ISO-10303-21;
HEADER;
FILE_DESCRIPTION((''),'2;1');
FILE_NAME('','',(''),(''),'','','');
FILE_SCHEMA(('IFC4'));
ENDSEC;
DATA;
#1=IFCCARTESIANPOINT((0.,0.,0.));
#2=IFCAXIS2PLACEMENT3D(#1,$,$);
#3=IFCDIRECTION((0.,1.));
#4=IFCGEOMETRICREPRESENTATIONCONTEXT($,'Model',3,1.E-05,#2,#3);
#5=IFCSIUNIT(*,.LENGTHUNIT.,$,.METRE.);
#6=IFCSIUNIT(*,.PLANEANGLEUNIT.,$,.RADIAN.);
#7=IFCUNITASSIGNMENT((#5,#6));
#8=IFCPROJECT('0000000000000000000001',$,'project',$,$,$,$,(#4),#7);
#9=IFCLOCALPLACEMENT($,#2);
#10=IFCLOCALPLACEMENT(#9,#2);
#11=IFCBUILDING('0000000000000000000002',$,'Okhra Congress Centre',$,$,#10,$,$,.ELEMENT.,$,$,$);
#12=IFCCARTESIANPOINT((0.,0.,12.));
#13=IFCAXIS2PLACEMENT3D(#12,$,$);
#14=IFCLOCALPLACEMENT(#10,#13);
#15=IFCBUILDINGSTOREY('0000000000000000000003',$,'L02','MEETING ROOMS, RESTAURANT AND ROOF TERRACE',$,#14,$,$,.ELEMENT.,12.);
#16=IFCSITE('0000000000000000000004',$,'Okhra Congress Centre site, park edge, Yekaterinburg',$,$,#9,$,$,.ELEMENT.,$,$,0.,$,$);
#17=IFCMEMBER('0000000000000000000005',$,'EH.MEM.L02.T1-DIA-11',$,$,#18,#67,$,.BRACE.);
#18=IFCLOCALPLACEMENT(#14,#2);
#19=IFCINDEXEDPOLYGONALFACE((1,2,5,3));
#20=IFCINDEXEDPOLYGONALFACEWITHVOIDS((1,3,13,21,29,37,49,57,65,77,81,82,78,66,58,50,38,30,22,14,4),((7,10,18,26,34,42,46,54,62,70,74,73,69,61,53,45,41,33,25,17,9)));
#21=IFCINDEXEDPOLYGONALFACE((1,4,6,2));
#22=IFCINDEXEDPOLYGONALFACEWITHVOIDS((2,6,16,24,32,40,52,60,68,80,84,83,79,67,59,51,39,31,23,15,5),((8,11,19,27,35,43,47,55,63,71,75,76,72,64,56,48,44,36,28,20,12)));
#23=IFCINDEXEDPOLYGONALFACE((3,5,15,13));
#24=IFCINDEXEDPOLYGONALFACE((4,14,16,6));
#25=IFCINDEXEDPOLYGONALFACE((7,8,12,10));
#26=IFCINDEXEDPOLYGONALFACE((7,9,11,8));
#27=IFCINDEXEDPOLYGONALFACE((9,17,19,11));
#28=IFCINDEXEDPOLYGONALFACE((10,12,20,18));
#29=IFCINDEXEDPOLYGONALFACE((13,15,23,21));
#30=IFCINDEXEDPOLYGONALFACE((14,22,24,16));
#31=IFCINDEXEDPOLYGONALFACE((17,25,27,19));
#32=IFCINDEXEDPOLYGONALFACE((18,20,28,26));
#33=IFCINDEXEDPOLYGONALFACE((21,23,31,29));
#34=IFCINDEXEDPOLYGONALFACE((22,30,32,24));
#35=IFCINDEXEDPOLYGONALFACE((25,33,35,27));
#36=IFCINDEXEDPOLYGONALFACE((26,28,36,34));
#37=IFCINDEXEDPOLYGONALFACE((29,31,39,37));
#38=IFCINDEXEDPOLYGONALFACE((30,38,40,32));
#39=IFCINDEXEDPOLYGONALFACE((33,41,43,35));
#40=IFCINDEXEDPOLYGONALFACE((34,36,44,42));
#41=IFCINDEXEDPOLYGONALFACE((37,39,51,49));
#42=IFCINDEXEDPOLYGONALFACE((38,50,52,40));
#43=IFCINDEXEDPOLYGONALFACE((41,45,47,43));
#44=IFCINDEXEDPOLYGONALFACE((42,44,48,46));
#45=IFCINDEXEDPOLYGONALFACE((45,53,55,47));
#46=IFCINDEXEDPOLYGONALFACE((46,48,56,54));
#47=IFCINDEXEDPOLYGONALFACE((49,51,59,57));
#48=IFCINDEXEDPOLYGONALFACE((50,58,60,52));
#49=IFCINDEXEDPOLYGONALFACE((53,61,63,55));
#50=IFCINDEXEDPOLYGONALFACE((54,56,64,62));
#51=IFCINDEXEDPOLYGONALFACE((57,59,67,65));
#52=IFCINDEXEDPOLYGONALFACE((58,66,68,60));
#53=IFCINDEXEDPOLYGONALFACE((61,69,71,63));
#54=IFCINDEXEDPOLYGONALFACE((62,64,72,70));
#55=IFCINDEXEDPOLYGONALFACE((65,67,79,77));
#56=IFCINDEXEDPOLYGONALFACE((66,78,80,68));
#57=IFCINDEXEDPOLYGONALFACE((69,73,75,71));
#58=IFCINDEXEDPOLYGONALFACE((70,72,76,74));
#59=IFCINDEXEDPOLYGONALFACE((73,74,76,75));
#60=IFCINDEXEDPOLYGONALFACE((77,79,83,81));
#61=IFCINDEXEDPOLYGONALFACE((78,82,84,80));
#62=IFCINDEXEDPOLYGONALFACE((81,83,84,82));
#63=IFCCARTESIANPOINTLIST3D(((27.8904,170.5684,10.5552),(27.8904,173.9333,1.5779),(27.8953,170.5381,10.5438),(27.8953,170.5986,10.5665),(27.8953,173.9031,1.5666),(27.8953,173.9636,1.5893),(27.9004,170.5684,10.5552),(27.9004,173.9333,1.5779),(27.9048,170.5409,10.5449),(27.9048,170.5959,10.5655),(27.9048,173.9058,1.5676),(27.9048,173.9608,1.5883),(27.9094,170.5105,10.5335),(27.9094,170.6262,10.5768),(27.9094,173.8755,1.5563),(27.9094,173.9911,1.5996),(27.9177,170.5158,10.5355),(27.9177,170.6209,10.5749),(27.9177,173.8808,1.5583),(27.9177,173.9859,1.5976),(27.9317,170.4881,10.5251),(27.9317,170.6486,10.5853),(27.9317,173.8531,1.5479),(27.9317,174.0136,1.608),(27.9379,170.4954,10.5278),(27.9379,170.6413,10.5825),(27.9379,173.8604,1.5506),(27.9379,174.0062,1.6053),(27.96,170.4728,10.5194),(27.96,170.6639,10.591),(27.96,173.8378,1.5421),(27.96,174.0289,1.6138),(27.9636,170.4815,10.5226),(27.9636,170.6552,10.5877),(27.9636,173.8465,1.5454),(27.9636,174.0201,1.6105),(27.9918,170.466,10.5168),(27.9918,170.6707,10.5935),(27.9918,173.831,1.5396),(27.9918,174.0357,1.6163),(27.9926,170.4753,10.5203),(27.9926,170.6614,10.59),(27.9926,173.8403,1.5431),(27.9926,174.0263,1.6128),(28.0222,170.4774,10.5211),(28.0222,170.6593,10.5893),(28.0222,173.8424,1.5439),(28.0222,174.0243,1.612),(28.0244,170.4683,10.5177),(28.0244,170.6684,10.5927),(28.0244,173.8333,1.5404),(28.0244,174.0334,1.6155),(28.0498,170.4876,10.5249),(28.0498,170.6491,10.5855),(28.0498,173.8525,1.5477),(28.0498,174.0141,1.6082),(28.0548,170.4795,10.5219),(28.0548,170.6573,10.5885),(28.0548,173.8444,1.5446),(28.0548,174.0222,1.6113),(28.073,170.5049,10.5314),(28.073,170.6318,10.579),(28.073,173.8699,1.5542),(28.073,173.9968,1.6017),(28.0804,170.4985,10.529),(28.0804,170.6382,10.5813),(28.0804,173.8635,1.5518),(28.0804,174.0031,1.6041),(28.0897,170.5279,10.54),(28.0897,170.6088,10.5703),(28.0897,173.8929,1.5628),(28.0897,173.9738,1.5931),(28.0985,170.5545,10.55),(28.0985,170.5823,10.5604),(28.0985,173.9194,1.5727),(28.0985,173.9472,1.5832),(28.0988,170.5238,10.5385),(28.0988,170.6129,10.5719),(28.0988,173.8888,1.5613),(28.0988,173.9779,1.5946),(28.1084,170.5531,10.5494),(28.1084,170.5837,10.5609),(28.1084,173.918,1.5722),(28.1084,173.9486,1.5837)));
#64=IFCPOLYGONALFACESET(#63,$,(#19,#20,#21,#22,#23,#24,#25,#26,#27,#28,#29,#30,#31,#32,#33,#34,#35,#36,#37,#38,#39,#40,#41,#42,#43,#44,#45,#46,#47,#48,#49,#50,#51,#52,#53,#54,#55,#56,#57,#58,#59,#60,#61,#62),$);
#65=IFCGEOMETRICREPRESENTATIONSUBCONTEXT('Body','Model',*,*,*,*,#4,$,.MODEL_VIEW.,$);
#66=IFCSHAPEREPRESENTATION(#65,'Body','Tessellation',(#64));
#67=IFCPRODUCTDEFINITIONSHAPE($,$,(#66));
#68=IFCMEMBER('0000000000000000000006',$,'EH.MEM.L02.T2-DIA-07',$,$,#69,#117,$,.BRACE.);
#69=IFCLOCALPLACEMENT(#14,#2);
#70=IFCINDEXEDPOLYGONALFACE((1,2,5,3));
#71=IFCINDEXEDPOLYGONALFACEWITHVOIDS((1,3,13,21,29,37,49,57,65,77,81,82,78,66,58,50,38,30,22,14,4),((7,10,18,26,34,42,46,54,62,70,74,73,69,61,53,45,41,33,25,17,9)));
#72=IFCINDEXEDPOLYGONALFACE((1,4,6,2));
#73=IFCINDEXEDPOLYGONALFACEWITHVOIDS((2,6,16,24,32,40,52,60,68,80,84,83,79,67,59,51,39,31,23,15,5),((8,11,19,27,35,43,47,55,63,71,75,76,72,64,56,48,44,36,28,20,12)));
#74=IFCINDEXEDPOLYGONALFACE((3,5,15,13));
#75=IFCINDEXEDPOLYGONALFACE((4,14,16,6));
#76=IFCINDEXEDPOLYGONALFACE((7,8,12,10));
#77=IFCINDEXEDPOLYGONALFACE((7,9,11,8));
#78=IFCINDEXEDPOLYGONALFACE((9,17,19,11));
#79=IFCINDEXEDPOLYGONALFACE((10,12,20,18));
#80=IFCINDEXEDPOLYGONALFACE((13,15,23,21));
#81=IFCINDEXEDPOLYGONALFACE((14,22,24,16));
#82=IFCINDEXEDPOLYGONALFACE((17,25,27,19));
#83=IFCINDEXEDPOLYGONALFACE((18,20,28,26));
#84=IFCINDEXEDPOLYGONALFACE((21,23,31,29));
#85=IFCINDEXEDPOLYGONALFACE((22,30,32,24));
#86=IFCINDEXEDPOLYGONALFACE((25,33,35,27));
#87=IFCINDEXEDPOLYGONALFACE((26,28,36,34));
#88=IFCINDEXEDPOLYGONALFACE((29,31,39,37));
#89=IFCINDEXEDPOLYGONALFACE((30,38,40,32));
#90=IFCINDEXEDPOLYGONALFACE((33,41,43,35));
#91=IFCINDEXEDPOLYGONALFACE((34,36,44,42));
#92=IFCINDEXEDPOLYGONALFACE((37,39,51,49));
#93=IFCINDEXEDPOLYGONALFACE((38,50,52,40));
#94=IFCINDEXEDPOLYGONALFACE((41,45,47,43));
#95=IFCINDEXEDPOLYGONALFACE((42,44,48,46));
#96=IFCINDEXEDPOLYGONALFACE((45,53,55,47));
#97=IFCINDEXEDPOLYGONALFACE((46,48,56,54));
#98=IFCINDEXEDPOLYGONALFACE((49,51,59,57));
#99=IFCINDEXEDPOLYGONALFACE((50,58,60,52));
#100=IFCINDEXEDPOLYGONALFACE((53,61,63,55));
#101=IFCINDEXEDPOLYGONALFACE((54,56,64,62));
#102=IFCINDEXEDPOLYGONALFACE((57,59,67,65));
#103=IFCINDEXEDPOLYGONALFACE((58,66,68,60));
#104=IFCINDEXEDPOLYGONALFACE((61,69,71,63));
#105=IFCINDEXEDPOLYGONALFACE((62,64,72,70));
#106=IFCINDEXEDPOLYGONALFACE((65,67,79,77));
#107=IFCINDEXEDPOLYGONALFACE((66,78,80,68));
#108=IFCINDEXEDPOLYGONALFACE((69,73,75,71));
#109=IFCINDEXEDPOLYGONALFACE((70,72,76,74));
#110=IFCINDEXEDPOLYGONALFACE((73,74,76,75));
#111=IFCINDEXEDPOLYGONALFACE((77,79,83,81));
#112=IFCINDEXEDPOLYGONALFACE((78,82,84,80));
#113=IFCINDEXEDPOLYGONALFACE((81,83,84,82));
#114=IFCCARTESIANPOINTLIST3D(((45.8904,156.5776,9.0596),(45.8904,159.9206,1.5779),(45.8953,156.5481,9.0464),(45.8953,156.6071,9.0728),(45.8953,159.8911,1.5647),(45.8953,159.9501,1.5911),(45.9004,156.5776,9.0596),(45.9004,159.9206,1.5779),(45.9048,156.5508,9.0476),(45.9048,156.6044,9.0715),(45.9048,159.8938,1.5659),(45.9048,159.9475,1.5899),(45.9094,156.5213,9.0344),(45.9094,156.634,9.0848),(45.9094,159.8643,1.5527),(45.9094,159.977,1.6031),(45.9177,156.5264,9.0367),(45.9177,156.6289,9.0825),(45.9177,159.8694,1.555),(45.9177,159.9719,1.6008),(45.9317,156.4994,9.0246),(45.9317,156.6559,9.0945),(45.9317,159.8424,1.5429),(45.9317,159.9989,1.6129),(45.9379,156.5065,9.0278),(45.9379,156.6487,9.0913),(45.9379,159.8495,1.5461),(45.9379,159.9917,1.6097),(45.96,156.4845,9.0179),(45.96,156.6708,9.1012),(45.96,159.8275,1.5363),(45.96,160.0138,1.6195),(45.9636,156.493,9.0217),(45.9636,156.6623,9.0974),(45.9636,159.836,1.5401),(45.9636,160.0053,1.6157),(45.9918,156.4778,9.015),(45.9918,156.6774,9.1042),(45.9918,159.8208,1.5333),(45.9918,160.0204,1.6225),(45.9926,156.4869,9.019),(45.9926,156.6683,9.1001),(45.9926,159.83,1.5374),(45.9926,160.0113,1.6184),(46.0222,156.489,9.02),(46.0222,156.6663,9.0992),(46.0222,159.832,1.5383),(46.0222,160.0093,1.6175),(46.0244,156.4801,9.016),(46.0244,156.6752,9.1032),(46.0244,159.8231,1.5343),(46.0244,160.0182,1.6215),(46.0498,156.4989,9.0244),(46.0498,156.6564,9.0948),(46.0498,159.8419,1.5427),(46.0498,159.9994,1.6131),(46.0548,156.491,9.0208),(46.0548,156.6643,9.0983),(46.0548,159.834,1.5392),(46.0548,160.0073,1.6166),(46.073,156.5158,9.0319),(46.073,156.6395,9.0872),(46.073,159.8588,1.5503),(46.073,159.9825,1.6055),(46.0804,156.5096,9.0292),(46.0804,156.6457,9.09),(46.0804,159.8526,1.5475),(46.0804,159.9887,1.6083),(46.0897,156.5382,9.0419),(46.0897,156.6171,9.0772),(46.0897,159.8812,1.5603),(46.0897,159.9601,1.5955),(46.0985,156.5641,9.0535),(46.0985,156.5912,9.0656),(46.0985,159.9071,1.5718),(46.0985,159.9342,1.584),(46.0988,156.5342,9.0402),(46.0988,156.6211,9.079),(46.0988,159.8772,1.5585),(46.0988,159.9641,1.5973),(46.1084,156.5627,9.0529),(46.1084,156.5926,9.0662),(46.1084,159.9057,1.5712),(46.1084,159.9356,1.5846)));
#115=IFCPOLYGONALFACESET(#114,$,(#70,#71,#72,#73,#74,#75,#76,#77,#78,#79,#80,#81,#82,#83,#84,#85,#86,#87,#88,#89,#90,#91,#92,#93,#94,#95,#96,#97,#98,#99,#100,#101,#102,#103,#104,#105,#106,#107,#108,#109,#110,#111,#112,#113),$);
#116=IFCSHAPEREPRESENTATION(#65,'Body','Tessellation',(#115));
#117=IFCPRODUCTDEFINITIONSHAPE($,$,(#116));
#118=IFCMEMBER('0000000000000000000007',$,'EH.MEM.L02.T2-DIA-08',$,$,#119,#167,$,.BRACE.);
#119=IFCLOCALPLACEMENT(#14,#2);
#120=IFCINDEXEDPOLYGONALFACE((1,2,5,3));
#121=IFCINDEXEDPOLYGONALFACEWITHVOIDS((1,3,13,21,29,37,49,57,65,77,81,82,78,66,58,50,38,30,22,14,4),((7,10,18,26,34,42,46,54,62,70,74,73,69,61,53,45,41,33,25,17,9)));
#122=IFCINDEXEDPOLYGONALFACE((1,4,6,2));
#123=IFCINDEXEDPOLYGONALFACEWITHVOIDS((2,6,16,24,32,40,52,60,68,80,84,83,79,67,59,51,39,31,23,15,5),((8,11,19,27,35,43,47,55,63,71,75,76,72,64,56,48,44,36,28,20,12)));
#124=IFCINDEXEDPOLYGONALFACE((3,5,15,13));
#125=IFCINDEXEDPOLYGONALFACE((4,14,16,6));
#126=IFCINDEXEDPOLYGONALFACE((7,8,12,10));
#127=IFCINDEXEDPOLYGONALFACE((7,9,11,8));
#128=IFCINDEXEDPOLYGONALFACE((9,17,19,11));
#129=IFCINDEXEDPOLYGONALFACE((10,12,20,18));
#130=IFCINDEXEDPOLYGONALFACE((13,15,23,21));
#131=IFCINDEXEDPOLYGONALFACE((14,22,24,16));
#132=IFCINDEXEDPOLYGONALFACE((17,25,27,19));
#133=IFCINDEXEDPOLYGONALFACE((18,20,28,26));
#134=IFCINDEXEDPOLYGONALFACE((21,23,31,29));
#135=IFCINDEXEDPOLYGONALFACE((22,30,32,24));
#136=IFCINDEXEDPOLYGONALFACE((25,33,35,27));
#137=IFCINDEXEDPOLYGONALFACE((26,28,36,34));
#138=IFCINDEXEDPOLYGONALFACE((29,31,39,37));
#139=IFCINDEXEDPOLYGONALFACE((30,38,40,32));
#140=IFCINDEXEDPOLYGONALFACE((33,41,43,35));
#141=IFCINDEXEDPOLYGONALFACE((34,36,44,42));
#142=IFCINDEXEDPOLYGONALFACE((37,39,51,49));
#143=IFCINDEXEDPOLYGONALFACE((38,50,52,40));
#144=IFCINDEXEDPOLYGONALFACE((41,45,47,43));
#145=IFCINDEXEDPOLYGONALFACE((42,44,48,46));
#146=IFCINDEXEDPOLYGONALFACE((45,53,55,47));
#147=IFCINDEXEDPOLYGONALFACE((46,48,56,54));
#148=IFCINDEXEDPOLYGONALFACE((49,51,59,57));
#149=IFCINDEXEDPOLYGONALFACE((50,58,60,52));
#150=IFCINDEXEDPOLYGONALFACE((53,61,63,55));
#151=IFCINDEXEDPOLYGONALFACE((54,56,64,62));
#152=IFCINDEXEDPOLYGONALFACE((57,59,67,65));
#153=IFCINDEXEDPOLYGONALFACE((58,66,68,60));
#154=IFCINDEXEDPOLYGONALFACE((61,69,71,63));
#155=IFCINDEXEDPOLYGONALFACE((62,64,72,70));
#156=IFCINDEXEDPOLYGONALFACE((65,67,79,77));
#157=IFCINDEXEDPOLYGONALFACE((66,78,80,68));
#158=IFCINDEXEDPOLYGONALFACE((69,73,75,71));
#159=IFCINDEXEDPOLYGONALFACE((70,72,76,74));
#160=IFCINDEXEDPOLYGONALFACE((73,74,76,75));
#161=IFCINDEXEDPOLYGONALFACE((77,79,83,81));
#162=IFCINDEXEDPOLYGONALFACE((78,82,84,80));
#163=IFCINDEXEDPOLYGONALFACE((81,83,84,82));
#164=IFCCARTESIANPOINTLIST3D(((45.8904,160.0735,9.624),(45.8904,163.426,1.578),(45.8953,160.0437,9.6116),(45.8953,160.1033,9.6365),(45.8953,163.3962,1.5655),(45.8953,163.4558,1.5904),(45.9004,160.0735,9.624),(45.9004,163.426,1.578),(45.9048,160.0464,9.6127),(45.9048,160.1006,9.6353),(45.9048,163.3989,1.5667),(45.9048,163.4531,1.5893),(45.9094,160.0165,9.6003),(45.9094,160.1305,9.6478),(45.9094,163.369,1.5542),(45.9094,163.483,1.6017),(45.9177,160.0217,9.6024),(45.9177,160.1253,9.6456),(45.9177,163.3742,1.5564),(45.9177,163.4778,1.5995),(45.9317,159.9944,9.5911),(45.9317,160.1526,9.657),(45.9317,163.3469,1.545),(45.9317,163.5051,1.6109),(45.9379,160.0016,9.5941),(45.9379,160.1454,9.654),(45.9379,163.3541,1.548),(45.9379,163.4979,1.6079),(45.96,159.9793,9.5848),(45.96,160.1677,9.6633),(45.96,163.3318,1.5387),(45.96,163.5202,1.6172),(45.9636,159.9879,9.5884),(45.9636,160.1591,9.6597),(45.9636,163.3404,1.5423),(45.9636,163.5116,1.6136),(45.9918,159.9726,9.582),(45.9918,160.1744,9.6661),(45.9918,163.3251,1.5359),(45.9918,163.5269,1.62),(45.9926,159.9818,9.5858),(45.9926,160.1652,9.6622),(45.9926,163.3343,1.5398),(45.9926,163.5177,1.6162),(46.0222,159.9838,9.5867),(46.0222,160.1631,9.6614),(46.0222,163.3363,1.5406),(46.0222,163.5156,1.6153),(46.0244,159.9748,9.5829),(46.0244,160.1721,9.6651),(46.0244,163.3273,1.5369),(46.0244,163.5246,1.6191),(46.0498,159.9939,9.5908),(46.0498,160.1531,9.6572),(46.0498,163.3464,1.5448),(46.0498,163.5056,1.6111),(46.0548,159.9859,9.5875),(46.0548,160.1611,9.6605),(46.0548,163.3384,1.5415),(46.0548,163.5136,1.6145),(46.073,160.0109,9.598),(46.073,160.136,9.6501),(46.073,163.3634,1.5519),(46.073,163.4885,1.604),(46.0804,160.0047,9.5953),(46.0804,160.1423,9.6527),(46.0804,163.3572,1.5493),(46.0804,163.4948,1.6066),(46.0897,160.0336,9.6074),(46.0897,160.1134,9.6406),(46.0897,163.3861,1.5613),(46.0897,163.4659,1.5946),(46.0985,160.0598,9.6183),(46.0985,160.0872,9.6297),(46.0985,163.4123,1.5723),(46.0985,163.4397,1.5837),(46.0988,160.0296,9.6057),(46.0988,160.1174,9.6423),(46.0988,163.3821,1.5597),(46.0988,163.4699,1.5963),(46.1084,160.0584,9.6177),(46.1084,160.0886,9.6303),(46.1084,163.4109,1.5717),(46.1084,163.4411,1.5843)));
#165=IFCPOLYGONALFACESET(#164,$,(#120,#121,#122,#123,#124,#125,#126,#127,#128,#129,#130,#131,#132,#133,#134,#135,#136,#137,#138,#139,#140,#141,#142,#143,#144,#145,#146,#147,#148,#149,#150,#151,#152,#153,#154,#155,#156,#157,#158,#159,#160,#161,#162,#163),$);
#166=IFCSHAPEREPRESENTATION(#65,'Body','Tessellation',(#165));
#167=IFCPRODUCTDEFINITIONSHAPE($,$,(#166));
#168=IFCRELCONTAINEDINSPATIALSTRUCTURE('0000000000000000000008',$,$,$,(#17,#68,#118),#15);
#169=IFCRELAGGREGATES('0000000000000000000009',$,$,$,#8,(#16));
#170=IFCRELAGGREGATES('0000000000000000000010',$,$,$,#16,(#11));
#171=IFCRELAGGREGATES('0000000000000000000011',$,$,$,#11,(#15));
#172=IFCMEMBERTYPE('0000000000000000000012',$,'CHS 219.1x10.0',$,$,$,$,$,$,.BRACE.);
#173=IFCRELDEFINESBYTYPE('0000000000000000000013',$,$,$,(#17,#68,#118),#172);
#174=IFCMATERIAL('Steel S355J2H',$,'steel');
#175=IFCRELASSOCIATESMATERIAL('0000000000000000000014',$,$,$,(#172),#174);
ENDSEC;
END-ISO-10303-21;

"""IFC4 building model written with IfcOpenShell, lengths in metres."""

from ifc_helpers import new_model, si_unit, direction, frame, origin, origin_2d, place, context, subcontext, project, spatial, hollow_circle, extrude, material, material_profile, profile_set, type_object, element, save


model = new_model("IFC4")

# Units and contexts
model_context = context("Model", 3, precision=1e-05, world=origin(), true_north=direction((0.0, 1.0)))
body_context = subcontext(model_context, "Body", "Model", "MODEL_VIEW")
ifc_project = project(units=[si_unit("LENGTHUNIT", "METRE"), si_unit("PLANEANGLEUNIT", "RADIAN")], contexts=[model_context])

# Site, building, storey
site_placement = place(None, origin())
site = spatial("IfcSite", under=ifc_project, at=site_placement, Name="Okhra Congress Centre site, park edge, Yekaterinburg", CompositionType="ELEMENT", RefElevation=0.0)
building_placement = place(site_placement, origin())
building = spatial("IfcBuilding", under=site, at=building_placement, Name="Okhra Congress Centre", CompositionType="ELEMENT")
storey_placement = place(building_placement, frame((0.0, 0.0, 12.0)))
storey = spatial("IfcBuildingStorey", under=building, at=storey_placement, Name="L02", Description="MEETING ROOMS, RESTAURANT AND ROOF TERRACE", CompositionType="ELEMENT", Elevation=12.0)

# Members
ifc_material_1 = material(Name="Steel S355J2H", Category="steel")
ifc_material_profile_1 = material_profile(ifc_material_1, hollow_circle(Radius=0.1096, WallThickness=0.01, at=origin_2d()), Name="CHS 219.1x10.0")
ifc_profile_set_1 = profile_set([ifc_material_profile_1], Name="Steel S355J2H")
member_type_1 = type_object("IfcMemberType", Name="CHS 219.1x10.0", PredefinedType="BRACE", material=ifc_profile_set_1)
member_1_placement = place(storey_placement, frame((28.0, 170.5684, 10.5552), z_axis=(0.0, 0.350987, -0.93638), x_axis=(-1.0, 0.0, 0.0)))
element("IfcMember", 1, at=member_1_placement, inside=storey, type_object=member_type_1, Name="EH.MEM.L02.T1-DIA-11", PredefinedType="BRACE", context=body_context, shape_type="SweptSolid", body=[
    extrude(hollow_circle(Radius=0.1096, WallThickness=0.01, at=origin_2d()), origin(), (0.0, 0.0, 1.0), 9.5872),
])
member_2_placement = place(storey_placement, frame((46.0, 156.5776, 9.0596), z_axis=(0.0, 0.407954, -0.913003), x_axis=(-1.0, 0.0, 0.0)))
element("IfcMember", 2, at=member_2_placement, inside=storey, type_object=member_type_1, Name="EH.MEM.L02.T2-DIA-07", PredefinedType="BRACE", context=body_context, shape_type="SweptSolid", body=[
    extrude(hollow_circle(Radius=0.1096, WallThickness=0.01, at=origin_2d()), origin(), (0.0, 0.0, 1.0), 8.1946),
])
member_3_placement = place(storey_placement, frame((46.0, 160.0735, 9.624), z_axis=(0.0, 0.384613, -0.923078), x_axis=(-1.0, 0.0, 0.0)))
element("IfcMember", 3, at=member_3_placement, inside=storey, type_object=member_type_1, Name="EH.MEM.L02.T2-DIA-08", PredefinedType="BRACE", context=body_context, shape_type="SweptSolid", body=[
    extrude(hollow_circle(Radius=0.1096, WallThickness=0.01, at=origin_2d()), origin(), (0.0, 0.0, 1.0), 8.7166),
])

save(model, "model.ifc")
